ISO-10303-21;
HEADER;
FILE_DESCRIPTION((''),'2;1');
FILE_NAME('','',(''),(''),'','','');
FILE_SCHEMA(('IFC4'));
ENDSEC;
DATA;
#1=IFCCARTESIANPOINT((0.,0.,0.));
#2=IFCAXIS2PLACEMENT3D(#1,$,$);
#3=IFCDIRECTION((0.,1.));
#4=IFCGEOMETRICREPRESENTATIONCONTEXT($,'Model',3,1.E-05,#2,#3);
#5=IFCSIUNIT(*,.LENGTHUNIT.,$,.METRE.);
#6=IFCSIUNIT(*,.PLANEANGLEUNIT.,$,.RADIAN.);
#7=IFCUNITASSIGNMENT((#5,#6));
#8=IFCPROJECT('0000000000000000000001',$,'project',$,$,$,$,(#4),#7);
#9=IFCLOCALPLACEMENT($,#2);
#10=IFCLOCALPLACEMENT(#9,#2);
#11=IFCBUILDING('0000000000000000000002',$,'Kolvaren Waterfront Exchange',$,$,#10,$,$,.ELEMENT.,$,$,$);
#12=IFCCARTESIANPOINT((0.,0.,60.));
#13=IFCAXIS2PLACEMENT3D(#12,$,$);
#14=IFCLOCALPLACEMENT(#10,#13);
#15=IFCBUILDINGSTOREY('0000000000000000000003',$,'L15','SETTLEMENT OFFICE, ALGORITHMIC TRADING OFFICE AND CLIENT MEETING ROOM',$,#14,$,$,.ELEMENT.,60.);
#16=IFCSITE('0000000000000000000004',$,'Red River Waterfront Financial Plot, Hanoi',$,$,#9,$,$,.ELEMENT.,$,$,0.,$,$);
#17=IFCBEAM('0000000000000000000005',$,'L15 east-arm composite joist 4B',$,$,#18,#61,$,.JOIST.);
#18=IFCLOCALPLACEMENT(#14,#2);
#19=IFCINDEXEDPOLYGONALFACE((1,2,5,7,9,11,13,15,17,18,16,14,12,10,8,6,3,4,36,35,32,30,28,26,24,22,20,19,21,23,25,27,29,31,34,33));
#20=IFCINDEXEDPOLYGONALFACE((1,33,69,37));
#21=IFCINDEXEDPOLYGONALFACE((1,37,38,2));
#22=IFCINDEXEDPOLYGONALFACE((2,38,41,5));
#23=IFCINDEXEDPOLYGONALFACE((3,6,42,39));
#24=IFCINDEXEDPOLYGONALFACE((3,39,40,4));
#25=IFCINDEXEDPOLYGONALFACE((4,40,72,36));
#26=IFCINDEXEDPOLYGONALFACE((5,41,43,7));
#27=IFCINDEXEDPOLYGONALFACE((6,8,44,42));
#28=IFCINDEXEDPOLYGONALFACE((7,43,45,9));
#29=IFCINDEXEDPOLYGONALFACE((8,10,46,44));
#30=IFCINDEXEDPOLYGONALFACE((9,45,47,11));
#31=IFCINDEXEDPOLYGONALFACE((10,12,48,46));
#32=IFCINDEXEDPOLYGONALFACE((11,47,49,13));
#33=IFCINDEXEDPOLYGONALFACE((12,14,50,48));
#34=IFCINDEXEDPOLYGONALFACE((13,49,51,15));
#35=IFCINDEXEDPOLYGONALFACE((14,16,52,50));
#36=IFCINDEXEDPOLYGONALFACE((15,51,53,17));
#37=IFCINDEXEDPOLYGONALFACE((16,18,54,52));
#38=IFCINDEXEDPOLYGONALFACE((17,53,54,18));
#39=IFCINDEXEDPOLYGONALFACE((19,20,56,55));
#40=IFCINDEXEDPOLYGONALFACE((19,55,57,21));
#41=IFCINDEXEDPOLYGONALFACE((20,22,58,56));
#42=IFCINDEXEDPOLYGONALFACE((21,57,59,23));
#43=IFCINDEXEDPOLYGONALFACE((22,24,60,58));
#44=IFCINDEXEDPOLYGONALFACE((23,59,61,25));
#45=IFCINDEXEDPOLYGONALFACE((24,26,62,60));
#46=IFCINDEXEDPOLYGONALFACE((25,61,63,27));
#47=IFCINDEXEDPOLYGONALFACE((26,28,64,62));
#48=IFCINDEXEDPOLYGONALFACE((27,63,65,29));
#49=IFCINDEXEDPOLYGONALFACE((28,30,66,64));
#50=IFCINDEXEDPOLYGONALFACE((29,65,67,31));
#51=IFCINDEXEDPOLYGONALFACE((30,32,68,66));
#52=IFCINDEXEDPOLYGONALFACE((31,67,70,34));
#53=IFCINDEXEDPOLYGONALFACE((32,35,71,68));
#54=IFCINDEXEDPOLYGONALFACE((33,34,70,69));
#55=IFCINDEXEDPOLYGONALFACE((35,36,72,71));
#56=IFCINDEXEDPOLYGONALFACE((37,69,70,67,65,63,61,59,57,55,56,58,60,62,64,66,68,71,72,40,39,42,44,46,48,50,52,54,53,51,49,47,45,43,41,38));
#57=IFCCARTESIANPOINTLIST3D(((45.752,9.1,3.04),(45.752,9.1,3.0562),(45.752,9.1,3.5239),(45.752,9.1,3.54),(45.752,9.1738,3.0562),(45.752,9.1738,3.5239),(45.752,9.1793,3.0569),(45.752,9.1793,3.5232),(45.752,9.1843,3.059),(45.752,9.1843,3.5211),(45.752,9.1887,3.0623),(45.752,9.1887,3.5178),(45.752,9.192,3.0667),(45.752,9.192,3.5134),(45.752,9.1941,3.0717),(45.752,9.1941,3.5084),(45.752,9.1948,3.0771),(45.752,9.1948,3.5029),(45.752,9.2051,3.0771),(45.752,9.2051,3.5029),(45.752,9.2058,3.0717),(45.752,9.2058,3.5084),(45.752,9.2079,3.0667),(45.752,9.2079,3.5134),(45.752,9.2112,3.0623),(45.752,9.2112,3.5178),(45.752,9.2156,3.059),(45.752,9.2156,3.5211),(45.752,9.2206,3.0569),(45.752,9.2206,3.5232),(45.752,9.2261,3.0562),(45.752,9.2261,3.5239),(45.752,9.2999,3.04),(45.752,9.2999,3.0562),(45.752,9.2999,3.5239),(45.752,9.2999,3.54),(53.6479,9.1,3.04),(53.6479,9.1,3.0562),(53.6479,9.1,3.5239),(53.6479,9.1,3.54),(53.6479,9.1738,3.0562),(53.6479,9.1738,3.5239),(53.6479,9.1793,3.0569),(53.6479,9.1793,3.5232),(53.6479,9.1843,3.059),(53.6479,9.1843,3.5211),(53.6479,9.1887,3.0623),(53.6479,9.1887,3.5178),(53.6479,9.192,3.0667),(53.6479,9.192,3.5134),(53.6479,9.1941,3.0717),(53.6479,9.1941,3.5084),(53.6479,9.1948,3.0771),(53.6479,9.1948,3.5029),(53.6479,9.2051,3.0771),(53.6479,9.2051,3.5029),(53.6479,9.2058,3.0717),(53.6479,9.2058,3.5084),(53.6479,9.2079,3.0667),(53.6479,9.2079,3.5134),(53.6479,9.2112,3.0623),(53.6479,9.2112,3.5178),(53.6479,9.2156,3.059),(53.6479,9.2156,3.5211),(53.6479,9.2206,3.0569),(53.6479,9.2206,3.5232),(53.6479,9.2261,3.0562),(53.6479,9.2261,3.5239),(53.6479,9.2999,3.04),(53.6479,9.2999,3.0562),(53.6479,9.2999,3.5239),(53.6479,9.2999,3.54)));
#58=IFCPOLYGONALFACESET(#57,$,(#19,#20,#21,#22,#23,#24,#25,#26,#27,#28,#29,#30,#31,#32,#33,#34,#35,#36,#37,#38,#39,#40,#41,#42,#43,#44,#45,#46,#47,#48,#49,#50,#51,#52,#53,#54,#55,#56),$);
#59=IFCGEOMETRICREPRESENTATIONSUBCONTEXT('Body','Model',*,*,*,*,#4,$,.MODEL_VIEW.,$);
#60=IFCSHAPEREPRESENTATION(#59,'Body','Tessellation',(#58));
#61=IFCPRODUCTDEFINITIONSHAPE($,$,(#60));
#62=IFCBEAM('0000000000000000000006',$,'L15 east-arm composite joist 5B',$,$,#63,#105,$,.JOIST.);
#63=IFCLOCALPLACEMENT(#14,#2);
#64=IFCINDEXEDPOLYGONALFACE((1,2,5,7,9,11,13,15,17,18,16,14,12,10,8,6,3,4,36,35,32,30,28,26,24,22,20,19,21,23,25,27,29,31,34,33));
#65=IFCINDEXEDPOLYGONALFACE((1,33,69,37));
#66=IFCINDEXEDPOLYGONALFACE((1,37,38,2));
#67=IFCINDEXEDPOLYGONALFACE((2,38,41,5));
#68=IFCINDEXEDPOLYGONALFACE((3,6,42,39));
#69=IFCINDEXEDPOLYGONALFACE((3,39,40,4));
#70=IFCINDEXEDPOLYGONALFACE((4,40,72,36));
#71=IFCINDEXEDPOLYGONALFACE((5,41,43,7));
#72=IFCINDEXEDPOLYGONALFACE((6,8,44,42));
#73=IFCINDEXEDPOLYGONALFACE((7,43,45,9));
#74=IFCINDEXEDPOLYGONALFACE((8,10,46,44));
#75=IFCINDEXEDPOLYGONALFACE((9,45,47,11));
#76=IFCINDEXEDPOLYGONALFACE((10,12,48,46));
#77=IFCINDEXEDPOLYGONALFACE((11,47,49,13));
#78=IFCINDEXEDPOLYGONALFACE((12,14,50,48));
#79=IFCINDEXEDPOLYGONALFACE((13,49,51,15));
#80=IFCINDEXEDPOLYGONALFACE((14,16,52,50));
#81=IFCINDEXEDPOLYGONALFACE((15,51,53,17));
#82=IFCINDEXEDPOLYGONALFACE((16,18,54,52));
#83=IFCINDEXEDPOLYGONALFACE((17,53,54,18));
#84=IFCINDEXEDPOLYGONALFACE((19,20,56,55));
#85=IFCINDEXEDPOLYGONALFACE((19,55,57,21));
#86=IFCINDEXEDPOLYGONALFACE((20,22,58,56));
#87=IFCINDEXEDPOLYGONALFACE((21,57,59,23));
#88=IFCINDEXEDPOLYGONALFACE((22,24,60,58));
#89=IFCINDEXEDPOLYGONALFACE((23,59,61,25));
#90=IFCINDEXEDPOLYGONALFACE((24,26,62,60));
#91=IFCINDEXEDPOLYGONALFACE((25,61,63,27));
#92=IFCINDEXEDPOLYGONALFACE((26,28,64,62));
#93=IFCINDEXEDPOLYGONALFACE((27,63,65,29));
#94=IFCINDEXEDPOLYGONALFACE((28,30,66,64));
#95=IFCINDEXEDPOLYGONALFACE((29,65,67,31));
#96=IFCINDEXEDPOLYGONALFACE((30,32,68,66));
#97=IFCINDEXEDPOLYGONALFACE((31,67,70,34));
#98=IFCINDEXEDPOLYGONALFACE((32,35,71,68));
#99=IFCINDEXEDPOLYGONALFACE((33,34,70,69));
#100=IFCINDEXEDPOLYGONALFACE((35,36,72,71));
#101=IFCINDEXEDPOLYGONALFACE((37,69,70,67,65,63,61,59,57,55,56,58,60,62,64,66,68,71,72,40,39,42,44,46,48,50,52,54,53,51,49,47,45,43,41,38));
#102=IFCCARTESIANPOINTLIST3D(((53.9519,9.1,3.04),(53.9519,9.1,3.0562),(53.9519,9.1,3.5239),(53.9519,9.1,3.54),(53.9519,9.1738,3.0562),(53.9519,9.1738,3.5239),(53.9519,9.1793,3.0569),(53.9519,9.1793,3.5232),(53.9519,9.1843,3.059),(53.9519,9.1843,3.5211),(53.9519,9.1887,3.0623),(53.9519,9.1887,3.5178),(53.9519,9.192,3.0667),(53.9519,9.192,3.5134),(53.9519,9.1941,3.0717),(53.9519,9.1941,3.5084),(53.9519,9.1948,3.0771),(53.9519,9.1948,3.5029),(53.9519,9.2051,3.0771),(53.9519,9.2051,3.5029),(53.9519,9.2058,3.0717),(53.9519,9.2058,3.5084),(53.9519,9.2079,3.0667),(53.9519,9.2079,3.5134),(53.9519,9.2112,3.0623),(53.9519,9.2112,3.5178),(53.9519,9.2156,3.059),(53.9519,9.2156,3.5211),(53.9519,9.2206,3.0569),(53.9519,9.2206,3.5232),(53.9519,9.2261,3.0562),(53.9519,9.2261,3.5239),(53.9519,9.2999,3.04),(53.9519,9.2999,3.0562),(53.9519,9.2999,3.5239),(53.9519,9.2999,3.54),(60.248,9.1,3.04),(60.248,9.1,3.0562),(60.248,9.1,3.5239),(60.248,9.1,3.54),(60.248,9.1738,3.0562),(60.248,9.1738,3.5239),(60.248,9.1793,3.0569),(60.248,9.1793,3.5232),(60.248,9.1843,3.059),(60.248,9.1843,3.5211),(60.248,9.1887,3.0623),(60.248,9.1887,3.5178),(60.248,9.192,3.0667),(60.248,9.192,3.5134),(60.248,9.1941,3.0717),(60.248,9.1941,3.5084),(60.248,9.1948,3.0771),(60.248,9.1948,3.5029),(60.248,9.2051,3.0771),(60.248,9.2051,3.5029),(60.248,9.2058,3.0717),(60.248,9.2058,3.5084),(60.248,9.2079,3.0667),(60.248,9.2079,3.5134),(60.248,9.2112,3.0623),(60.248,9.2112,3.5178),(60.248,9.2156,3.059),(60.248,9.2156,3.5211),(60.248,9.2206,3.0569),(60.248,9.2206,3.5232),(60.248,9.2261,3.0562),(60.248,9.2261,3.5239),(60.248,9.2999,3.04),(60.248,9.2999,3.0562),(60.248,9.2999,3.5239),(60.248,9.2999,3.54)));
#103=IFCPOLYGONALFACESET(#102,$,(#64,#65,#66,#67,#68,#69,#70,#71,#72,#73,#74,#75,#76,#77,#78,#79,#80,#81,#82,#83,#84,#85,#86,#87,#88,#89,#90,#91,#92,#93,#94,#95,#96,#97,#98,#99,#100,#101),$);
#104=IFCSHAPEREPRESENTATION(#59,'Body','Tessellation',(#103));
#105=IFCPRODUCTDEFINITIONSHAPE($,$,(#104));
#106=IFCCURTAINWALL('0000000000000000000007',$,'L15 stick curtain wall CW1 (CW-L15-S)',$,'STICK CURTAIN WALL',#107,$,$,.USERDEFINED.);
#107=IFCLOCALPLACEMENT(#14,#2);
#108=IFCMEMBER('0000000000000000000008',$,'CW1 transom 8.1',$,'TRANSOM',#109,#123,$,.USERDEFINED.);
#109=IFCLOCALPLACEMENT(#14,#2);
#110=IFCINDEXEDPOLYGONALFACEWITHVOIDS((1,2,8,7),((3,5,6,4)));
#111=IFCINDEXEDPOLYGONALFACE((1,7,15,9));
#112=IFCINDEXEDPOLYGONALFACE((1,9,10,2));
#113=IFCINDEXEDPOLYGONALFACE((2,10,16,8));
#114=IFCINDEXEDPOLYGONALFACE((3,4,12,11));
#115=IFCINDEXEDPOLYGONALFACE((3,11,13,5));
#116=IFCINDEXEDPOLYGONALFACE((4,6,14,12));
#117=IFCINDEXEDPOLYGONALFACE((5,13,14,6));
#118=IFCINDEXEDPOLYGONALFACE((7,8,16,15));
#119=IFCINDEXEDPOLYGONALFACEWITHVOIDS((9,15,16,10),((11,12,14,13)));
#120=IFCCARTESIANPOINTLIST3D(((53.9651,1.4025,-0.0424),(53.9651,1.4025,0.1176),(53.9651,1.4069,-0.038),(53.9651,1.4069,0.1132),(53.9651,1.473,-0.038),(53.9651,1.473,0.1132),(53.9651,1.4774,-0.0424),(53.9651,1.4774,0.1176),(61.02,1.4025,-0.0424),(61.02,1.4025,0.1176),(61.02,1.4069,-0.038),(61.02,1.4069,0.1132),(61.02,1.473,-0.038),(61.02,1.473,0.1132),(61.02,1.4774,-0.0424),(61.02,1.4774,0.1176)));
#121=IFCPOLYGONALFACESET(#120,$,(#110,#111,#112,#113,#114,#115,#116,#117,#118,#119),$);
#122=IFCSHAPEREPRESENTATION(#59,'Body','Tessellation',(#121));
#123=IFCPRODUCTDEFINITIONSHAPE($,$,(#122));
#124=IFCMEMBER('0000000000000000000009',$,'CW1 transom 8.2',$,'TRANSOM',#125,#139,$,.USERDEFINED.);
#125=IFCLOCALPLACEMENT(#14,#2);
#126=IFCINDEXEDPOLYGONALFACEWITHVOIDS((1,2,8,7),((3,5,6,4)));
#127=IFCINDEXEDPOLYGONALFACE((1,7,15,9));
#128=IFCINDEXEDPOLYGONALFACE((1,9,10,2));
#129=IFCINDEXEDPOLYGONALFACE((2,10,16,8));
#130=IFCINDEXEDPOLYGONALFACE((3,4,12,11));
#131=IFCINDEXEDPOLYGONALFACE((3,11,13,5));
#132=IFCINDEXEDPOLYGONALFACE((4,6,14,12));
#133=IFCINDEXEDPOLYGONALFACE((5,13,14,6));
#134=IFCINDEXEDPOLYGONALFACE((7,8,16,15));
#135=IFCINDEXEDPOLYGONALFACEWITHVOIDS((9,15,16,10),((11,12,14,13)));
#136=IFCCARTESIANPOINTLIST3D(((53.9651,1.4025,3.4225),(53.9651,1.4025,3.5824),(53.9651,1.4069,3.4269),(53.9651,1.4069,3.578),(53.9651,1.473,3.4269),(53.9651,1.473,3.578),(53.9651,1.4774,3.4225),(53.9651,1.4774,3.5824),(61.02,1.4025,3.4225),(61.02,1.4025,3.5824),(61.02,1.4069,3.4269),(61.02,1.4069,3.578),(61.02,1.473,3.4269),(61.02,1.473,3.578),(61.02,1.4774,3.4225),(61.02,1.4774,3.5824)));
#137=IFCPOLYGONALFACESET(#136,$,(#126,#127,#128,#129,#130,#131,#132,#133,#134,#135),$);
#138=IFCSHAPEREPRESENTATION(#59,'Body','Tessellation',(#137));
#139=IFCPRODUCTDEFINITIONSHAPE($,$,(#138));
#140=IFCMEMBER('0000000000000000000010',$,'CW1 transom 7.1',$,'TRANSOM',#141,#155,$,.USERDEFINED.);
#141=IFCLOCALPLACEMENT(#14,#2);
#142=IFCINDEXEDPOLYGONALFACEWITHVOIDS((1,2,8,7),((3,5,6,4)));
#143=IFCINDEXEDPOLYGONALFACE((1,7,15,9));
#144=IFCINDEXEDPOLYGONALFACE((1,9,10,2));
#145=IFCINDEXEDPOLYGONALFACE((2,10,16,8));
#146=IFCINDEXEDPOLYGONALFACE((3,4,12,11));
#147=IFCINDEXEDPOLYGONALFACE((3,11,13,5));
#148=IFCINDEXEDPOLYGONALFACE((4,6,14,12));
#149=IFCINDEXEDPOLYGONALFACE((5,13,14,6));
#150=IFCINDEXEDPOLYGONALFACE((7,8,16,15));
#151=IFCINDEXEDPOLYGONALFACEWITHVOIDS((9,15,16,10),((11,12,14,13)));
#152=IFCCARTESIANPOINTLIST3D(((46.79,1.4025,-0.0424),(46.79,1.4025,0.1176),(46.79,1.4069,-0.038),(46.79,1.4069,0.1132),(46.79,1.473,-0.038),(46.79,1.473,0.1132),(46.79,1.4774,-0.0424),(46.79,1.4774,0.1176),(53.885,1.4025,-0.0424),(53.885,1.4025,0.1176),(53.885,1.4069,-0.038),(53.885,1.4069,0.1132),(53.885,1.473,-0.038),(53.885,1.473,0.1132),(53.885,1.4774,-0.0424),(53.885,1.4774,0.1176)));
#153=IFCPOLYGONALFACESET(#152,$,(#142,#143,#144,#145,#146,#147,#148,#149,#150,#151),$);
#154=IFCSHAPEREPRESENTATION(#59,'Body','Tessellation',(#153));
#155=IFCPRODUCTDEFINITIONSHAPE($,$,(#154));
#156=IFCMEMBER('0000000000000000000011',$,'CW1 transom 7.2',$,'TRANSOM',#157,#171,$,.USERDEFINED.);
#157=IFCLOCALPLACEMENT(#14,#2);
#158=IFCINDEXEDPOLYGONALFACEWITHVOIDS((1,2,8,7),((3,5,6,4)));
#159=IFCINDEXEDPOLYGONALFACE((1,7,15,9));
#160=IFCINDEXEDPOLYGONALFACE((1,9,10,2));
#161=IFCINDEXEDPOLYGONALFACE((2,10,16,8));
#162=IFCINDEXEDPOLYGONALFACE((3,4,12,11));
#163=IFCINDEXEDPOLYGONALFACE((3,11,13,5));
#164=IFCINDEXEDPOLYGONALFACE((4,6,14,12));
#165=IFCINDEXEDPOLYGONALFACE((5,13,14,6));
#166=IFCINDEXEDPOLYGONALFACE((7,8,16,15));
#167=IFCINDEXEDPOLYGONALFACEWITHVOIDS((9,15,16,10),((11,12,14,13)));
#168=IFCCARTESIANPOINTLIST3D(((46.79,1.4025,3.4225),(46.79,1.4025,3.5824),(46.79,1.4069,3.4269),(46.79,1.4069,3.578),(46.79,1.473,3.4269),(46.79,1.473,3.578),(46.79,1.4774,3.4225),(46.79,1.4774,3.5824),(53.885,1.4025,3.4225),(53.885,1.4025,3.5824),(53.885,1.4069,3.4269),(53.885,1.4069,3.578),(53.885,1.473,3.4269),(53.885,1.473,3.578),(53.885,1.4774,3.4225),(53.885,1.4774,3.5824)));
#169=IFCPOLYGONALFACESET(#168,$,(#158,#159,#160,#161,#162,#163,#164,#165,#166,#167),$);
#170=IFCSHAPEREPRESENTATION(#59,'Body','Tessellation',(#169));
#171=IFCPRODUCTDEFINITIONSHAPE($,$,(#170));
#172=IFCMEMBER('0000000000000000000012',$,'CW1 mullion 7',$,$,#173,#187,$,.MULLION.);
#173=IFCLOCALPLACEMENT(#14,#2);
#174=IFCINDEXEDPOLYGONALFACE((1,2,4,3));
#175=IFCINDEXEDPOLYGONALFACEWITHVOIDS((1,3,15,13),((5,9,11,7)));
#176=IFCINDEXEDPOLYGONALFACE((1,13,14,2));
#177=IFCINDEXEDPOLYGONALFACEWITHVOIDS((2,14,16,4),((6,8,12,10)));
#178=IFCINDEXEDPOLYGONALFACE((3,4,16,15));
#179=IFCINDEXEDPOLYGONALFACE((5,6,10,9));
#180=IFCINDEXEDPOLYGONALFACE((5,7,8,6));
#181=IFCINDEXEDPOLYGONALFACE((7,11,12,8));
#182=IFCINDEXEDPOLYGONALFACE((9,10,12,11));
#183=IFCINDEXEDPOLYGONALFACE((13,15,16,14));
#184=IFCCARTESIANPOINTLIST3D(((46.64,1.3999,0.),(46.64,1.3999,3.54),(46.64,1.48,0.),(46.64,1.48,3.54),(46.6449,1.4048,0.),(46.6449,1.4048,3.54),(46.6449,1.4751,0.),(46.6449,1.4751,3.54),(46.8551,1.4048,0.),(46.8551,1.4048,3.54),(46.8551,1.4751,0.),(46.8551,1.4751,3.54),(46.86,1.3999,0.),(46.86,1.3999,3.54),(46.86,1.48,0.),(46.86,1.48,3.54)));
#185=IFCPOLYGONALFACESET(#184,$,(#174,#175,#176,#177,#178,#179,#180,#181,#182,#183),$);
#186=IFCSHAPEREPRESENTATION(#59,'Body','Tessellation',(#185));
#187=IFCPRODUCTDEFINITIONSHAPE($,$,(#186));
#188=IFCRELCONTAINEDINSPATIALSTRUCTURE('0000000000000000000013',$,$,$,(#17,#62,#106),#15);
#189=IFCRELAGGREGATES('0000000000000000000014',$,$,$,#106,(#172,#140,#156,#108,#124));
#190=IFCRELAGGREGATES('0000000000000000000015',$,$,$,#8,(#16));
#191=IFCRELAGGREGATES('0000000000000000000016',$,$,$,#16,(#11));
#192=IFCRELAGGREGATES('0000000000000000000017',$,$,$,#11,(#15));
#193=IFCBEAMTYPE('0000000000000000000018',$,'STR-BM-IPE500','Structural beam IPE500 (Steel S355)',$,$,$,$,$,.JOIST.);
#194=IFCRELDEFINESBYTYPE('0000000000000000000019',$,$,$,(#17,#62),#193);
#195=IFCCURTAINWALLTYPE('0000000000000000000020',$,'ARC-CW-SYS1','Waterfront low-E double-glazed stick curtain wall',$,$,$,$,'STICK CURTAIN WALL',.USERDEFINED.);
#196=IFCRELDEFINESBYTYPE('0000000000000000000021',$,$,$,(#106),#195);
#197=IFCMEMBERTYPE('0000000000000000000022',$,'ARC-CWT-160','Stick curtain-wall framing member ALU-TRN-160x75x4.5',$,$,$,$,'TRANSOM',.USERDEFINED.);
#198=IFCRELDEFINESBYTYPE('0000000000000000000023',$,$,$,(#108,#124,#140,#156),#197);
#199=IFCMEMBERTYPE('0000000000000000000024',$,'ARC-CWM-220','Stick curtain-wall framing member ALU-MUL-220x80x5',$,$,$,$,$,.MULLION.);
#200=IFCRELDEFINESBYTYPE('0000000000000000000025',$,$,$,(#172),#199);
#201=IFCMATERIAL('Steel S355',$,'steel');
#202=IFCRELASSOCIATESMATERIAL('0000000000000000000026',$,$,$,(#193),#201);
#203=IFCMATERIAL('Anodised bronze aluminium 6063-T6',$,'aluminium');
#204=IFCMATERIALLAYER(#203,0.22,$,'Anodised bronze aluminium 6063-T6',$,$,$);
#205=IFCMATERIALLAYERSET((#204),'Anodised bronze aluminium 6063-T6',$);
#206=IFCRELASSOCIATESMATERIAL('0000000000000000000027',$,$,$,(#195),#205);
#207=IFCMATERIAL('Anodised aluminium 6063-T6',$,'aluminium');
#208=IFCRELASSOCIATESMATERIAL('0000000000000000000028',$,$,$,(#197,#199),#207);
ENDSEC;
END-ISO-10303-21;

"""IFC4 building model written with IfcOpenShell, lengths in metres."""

from ifc_helpers import new_model, si_unit, direction, frame, origin, origin_with_axes, origin_2d, place, context, subcontext, project, spatial, hollow_rectangle, i_section, extrude, source, transform, mapped, material, layer, layer_set, material_profile, profile_set, type_object, element, aggregate, save


model = new_model("IFC4")

# Units and contexts
model_context = context("Model", 3, precision=1e-05, world=origin(), true_north=direction((0.0, 1.0)))
body_context = subcontext(model_context, "Body", "Model", "MODEL_VIEW")
ifc_project = project(units=[si_unit("LENGTHUNIT", "METRE"), si_unit("PLANEANGLEUNIT", "RADIAN")], contexts=[model_context])

# Site, building, storey
site_placement = place(None, origin())
site = spatial("IfcSite", under=ifc_project, at=site_placement, Name="Red River Waterfront Financial Plot, Hanoi", CompositionType="ELEMENT", RefElevation=0.0)
building_placement = place(site_placement, origin())
building = spatial("IfcBuilding", under=site, at=building_placement, Name="Kolvaren Waterfront Exchange", CompositionType="ELEMENT")
storey_placement = place(building_placement, frame((0.0, 0.0, 60.0)))
storey = spatial("IfcBuildingStorey", under=building, at=storey_placement, Name="L15", Description="SETTLEMENT OFFICE, ALGORITHMIC TRADING OFFICE AND CLIENT MEETING ROOM", CompositionType="ELEMENT", Elevation=60.0)

# Beams
ifc_material_1 = material(Name="Steel S355", Category="steel")
ifc_material_profile_1 = material_profile(ifc_material_1, i_section(OverallWidth=0.2, OverallDepth=0.5, WebThickness=0.0103, FlangeThickness=0.0161, FilletRadius=0.021, at=origin_2d()), Name="IPE500")
ifc_profile_set_1 = profile_set([ifc_material_profile_1], Name="Steel S355")
beam_type_1 = type_object("IfcBeamType", Name="STR-BM-IPE500", Description="Structural beam IPE500 (Steel S355)", PredefinedType="JOIST", material=ifc_profile_set_1)
beam_1_placement = place(storey_placement, frame((45.752, 9.2, 3.29), z_axis=(1.0, 0.0, 0.0), x_axis=(0.0, 1.0, 0.0)))
element("IfcBeam", 1, at=beam_1_placement, inside=storey, type_object=beam_type_1, Name="L15 east-arm composite joist 4B", PredefinedType="JOIST", context=body_context, shape_type="SweptSolid", body=[
    extrude(i_section(OverallWidth=0.2, OverallDepth=0.5, WebThickness=0.0103, FlangeThickness=0.0161, FilletRadius=0.021, at=origin_2d()), origin(), (0.0, 0.0, 1.0), 7.896),
])
beam_2_placement = place(storey_placement, frame((53.9519, 9.2, 3.29), z_axis=(1.0, 0.0, 0.0), x_axis=(0.0, 1.0, 0.0)))
element("IfcBeam", 2, at=beam_2_placement, inside=storey, type_object=beam_type_1, Name="L15 east-arm composite joist 5B", PredefinedType="JOIST", context=body_context, shape_type="SweptSolid", body=[
    extrude(i_section(OverallWidth=0.2, OverallDepth=0.5, WebThickness=0.0103, FlangeThickness=0.0161, FilletRadius=0.021, at=origin_2d()), origin(), (0.0, 0.0, 1.0), 6.2961),
])

# Curtain wall, members
ifc_material_2 = material(Name="Anodised bronze aluminium 6063-T6", Category="aluminium")
ifc_layer_1 = layer(ifc_material_2, 0.22, Name="Anodised bronze aluminium 6063-T6")
ifc_layer_set_1 = layer_set([ifc_layer_1], Name="Anodised bronze aluminium 6063-T6")
curtain_wall_type = type_object("IfcCurtainWallType", Name="ARC-CW-SYS1", Description="Waterfront low-E double-glazed stick curtain wall", ElementType="STICK CURTAIN WALL", PredefinedType="USERDEFINED", material=ifc_layer_set_1)
curtain_wall_placement = place(storey_placement, origin())
curtain_wall = element("IfcCurtainWall", 3, at=curtain_wall_placement, inside=storey, type_object=curtain_wall_type, Name="L15 stick curtain wall CW1 (CW-L15-S)", ObjectType="STICK CURTAIN WALL", PredefinedType="USERDEFINED")
ifc_material_3 = material(Name="Anodised aluminium 6063-T6", Category="aluminium")
ifc_material_profile_2 = material_profile(ifc_material_3, hollow_rectangle(XDim=0.075, YDim=0.1599, WallThickness=0.0044, at=origin_2d()), Name="ALU-TRN-160x75x4.5")
ifc_profile_set_2 = profile_set([ifc_material_profile_2], Name="Anodised aluminium 6063-T6")
member_type_1 = type_object("IfcMemberType", Name="ARC-CWT-160", Description="Stick curtain-wall framing member ALU-TRN-160x75x4.5", ElementType="TRANSOM", PredefinedType="USERDEFINED", material=ifc_profile_set_2)
shared_shape_1 = source(origin_with_axes(), body_context, "Body", "SweptSolid", [
    extrude(hollow_rectangle(XDim=0.075, YDim=0.1599, WallThickness=0.0044, at=origin_2d()), origin(), (0.0, 0.0, 1.0), 7.0549),
])
member_1_placement = place(storey_placement, frame((53.9651, 1.4399, 0.0376), z_axis=(1.0, 0.0, 0.0), x_axis=(0.0, 1.0, 0.0)))
member_1 = element("IfcMember", 4, at=member_1_placement, type_object=member_type_1, Name="CW1 transom 8.1", ObjectType="TRANSOM", PredefinedType="USERDEFINED", context=body_context, shape_type="MappedRepresentation", body=[
    mapped(shared_shape_1, transform((0.0, 0.0, 0.0), x_axis=(1.0, 0.0, 0.0), y_axis=(0.0, 1.0, 0.0), z_axis=(0.0, 0.0, 1.0), scale=1.0)),
])
member_2_placement = place(storey_placement, frame((53.9651, 1.4399, 3.5024), z_axis=(1.0, 0.0, 0.0), x_axis=(0.0, 1.0, 0.0)))
member_2 = element("IfcMember", 5, at=member_2_placement, type_object=member_type_1, Name="CW1 transom 8.2", ObjectType="TRANSOM", PredefinedType="USERDEFINED", context=body_context, shape_type="MappedRepresentation", body=[
    mapped(shared_shape_1, transform((0.0, 0.0, 0.0), x_axis=(1.0, 0.0, 0.0), y_axis=(0.0, 1.0, 0.0), z_axis=(0.0, 0.0, 1.0), scale=1.0)),
])
shared_shape_2 = source(origin_with_axes(), body_context, "Body", "SweptSolid", [
    extrude(hollow_rectangle(XDim=0.075, YDim=0.1599, WallThickness=0.0044, at=origin_2d()), origin(), (0.0, 0.0, 1.0), 7.095),
])
member_3_placement = place(storey_placement, frame((46.79, 1.4399, 0.0376), z_axis=(1.0, 0.0, 0.0), x_axis=(0.0, 1.0, 0.0)))
member_3 = element("IfcMember", 6, at=member_3_placement, type_object=member_type_1, Name="CW1 transom 7.1", ObjectType="TRANSOM", PredefinedType="USERDEFINED", context=body_context, shape_type="MappedRepresentation", body=[
    mapped(shared_shape_2, transform((0.0, 0.0, 0.0), x_axis=(1.0, 0.0, 0.0), y_axis=(0.0, 1.0, 0.0), z_axis=(0.0, 0.0, 1.0), scale=1.0)),
])
member_4_placement = place(storey_placement, frame((46.79, 1.4399, 3.5024), z_axis=(1.0, 0.0, 0.0), x_axis=(0.0, 1.0, 0.0)))
member_4 = element("IfcMember", 7, at=member_4_placement, type_object=member_type_1, Name="CW1 transom 7.2", ObjectType="TRANSOM", PredefinedType="USERDEFINED", context=body_context, shape_type="MappedRepresentation", body=[
    mapped(shared_shape_2, transform((0.0, 0.0, 0.0), x_axis=(1.0, 0.0, 0.0), y_axis=(0.0, 1.0, 0.0), z_axis=(0.0, 0.0, 1.0), scale=1.0)),
])
ifc_material_profile_3 = material_profile(ifc_material_3, hollow_rectangle(XDim=0.0801, YDim=0.22, WallThickness=0.0049, at=origin_2d()), Name="ALU-MUL-220x80x5")
ifc_profile_set_3 = profile_set([ifc_material_profile_3], Name="Anodised aluminium 6063-T6")
member_type_2 = type_object("IfcMemberType", Name="ARC-CWM-220", Description="Stick curtain-wall framing member ALU-MUL-220x80x5", PredefinedType="MULLION", material=ifc_profile_set_3)
shared_shape_3 = source(origin_with_axes(), body_context, "Body", "SweptSolid", [
    extrude(hollow_rectangle(XDim=0.0801, YDim=0.22, WallThickness=0.0049, at=origin_2d()), origin(), (0.0, 0.0, 1.0), 3.54),
])
member_5_placement = place(storey_placement, frame((46.75, 1.4399, 0.0), z_axis=(0.0, 0.0, 1.0), x_axis=(0.0, 1.0, 0.0)))
member_5 = element("IfcMember", 8, at=member_5_placement, type_object=member_type_2, Name="CW1 mullion 7", PredefinedType="MULLION", context=body_context, shape_type="MappedRepresentation", body=[
    mapped(shared_shape_3, transform((0.0, 0.0, 0.0), x_axis=(1.0, 0.0, 0.0), y_axis=(0.0, 1.0, 0.0), z_axis=(0.0, 0.0, 1.0), scale=1.0)),
])
aggregate(curtain_wall, [member_5, member_3, member_4, member_1, member_2])

save(model, "model.ifc")
